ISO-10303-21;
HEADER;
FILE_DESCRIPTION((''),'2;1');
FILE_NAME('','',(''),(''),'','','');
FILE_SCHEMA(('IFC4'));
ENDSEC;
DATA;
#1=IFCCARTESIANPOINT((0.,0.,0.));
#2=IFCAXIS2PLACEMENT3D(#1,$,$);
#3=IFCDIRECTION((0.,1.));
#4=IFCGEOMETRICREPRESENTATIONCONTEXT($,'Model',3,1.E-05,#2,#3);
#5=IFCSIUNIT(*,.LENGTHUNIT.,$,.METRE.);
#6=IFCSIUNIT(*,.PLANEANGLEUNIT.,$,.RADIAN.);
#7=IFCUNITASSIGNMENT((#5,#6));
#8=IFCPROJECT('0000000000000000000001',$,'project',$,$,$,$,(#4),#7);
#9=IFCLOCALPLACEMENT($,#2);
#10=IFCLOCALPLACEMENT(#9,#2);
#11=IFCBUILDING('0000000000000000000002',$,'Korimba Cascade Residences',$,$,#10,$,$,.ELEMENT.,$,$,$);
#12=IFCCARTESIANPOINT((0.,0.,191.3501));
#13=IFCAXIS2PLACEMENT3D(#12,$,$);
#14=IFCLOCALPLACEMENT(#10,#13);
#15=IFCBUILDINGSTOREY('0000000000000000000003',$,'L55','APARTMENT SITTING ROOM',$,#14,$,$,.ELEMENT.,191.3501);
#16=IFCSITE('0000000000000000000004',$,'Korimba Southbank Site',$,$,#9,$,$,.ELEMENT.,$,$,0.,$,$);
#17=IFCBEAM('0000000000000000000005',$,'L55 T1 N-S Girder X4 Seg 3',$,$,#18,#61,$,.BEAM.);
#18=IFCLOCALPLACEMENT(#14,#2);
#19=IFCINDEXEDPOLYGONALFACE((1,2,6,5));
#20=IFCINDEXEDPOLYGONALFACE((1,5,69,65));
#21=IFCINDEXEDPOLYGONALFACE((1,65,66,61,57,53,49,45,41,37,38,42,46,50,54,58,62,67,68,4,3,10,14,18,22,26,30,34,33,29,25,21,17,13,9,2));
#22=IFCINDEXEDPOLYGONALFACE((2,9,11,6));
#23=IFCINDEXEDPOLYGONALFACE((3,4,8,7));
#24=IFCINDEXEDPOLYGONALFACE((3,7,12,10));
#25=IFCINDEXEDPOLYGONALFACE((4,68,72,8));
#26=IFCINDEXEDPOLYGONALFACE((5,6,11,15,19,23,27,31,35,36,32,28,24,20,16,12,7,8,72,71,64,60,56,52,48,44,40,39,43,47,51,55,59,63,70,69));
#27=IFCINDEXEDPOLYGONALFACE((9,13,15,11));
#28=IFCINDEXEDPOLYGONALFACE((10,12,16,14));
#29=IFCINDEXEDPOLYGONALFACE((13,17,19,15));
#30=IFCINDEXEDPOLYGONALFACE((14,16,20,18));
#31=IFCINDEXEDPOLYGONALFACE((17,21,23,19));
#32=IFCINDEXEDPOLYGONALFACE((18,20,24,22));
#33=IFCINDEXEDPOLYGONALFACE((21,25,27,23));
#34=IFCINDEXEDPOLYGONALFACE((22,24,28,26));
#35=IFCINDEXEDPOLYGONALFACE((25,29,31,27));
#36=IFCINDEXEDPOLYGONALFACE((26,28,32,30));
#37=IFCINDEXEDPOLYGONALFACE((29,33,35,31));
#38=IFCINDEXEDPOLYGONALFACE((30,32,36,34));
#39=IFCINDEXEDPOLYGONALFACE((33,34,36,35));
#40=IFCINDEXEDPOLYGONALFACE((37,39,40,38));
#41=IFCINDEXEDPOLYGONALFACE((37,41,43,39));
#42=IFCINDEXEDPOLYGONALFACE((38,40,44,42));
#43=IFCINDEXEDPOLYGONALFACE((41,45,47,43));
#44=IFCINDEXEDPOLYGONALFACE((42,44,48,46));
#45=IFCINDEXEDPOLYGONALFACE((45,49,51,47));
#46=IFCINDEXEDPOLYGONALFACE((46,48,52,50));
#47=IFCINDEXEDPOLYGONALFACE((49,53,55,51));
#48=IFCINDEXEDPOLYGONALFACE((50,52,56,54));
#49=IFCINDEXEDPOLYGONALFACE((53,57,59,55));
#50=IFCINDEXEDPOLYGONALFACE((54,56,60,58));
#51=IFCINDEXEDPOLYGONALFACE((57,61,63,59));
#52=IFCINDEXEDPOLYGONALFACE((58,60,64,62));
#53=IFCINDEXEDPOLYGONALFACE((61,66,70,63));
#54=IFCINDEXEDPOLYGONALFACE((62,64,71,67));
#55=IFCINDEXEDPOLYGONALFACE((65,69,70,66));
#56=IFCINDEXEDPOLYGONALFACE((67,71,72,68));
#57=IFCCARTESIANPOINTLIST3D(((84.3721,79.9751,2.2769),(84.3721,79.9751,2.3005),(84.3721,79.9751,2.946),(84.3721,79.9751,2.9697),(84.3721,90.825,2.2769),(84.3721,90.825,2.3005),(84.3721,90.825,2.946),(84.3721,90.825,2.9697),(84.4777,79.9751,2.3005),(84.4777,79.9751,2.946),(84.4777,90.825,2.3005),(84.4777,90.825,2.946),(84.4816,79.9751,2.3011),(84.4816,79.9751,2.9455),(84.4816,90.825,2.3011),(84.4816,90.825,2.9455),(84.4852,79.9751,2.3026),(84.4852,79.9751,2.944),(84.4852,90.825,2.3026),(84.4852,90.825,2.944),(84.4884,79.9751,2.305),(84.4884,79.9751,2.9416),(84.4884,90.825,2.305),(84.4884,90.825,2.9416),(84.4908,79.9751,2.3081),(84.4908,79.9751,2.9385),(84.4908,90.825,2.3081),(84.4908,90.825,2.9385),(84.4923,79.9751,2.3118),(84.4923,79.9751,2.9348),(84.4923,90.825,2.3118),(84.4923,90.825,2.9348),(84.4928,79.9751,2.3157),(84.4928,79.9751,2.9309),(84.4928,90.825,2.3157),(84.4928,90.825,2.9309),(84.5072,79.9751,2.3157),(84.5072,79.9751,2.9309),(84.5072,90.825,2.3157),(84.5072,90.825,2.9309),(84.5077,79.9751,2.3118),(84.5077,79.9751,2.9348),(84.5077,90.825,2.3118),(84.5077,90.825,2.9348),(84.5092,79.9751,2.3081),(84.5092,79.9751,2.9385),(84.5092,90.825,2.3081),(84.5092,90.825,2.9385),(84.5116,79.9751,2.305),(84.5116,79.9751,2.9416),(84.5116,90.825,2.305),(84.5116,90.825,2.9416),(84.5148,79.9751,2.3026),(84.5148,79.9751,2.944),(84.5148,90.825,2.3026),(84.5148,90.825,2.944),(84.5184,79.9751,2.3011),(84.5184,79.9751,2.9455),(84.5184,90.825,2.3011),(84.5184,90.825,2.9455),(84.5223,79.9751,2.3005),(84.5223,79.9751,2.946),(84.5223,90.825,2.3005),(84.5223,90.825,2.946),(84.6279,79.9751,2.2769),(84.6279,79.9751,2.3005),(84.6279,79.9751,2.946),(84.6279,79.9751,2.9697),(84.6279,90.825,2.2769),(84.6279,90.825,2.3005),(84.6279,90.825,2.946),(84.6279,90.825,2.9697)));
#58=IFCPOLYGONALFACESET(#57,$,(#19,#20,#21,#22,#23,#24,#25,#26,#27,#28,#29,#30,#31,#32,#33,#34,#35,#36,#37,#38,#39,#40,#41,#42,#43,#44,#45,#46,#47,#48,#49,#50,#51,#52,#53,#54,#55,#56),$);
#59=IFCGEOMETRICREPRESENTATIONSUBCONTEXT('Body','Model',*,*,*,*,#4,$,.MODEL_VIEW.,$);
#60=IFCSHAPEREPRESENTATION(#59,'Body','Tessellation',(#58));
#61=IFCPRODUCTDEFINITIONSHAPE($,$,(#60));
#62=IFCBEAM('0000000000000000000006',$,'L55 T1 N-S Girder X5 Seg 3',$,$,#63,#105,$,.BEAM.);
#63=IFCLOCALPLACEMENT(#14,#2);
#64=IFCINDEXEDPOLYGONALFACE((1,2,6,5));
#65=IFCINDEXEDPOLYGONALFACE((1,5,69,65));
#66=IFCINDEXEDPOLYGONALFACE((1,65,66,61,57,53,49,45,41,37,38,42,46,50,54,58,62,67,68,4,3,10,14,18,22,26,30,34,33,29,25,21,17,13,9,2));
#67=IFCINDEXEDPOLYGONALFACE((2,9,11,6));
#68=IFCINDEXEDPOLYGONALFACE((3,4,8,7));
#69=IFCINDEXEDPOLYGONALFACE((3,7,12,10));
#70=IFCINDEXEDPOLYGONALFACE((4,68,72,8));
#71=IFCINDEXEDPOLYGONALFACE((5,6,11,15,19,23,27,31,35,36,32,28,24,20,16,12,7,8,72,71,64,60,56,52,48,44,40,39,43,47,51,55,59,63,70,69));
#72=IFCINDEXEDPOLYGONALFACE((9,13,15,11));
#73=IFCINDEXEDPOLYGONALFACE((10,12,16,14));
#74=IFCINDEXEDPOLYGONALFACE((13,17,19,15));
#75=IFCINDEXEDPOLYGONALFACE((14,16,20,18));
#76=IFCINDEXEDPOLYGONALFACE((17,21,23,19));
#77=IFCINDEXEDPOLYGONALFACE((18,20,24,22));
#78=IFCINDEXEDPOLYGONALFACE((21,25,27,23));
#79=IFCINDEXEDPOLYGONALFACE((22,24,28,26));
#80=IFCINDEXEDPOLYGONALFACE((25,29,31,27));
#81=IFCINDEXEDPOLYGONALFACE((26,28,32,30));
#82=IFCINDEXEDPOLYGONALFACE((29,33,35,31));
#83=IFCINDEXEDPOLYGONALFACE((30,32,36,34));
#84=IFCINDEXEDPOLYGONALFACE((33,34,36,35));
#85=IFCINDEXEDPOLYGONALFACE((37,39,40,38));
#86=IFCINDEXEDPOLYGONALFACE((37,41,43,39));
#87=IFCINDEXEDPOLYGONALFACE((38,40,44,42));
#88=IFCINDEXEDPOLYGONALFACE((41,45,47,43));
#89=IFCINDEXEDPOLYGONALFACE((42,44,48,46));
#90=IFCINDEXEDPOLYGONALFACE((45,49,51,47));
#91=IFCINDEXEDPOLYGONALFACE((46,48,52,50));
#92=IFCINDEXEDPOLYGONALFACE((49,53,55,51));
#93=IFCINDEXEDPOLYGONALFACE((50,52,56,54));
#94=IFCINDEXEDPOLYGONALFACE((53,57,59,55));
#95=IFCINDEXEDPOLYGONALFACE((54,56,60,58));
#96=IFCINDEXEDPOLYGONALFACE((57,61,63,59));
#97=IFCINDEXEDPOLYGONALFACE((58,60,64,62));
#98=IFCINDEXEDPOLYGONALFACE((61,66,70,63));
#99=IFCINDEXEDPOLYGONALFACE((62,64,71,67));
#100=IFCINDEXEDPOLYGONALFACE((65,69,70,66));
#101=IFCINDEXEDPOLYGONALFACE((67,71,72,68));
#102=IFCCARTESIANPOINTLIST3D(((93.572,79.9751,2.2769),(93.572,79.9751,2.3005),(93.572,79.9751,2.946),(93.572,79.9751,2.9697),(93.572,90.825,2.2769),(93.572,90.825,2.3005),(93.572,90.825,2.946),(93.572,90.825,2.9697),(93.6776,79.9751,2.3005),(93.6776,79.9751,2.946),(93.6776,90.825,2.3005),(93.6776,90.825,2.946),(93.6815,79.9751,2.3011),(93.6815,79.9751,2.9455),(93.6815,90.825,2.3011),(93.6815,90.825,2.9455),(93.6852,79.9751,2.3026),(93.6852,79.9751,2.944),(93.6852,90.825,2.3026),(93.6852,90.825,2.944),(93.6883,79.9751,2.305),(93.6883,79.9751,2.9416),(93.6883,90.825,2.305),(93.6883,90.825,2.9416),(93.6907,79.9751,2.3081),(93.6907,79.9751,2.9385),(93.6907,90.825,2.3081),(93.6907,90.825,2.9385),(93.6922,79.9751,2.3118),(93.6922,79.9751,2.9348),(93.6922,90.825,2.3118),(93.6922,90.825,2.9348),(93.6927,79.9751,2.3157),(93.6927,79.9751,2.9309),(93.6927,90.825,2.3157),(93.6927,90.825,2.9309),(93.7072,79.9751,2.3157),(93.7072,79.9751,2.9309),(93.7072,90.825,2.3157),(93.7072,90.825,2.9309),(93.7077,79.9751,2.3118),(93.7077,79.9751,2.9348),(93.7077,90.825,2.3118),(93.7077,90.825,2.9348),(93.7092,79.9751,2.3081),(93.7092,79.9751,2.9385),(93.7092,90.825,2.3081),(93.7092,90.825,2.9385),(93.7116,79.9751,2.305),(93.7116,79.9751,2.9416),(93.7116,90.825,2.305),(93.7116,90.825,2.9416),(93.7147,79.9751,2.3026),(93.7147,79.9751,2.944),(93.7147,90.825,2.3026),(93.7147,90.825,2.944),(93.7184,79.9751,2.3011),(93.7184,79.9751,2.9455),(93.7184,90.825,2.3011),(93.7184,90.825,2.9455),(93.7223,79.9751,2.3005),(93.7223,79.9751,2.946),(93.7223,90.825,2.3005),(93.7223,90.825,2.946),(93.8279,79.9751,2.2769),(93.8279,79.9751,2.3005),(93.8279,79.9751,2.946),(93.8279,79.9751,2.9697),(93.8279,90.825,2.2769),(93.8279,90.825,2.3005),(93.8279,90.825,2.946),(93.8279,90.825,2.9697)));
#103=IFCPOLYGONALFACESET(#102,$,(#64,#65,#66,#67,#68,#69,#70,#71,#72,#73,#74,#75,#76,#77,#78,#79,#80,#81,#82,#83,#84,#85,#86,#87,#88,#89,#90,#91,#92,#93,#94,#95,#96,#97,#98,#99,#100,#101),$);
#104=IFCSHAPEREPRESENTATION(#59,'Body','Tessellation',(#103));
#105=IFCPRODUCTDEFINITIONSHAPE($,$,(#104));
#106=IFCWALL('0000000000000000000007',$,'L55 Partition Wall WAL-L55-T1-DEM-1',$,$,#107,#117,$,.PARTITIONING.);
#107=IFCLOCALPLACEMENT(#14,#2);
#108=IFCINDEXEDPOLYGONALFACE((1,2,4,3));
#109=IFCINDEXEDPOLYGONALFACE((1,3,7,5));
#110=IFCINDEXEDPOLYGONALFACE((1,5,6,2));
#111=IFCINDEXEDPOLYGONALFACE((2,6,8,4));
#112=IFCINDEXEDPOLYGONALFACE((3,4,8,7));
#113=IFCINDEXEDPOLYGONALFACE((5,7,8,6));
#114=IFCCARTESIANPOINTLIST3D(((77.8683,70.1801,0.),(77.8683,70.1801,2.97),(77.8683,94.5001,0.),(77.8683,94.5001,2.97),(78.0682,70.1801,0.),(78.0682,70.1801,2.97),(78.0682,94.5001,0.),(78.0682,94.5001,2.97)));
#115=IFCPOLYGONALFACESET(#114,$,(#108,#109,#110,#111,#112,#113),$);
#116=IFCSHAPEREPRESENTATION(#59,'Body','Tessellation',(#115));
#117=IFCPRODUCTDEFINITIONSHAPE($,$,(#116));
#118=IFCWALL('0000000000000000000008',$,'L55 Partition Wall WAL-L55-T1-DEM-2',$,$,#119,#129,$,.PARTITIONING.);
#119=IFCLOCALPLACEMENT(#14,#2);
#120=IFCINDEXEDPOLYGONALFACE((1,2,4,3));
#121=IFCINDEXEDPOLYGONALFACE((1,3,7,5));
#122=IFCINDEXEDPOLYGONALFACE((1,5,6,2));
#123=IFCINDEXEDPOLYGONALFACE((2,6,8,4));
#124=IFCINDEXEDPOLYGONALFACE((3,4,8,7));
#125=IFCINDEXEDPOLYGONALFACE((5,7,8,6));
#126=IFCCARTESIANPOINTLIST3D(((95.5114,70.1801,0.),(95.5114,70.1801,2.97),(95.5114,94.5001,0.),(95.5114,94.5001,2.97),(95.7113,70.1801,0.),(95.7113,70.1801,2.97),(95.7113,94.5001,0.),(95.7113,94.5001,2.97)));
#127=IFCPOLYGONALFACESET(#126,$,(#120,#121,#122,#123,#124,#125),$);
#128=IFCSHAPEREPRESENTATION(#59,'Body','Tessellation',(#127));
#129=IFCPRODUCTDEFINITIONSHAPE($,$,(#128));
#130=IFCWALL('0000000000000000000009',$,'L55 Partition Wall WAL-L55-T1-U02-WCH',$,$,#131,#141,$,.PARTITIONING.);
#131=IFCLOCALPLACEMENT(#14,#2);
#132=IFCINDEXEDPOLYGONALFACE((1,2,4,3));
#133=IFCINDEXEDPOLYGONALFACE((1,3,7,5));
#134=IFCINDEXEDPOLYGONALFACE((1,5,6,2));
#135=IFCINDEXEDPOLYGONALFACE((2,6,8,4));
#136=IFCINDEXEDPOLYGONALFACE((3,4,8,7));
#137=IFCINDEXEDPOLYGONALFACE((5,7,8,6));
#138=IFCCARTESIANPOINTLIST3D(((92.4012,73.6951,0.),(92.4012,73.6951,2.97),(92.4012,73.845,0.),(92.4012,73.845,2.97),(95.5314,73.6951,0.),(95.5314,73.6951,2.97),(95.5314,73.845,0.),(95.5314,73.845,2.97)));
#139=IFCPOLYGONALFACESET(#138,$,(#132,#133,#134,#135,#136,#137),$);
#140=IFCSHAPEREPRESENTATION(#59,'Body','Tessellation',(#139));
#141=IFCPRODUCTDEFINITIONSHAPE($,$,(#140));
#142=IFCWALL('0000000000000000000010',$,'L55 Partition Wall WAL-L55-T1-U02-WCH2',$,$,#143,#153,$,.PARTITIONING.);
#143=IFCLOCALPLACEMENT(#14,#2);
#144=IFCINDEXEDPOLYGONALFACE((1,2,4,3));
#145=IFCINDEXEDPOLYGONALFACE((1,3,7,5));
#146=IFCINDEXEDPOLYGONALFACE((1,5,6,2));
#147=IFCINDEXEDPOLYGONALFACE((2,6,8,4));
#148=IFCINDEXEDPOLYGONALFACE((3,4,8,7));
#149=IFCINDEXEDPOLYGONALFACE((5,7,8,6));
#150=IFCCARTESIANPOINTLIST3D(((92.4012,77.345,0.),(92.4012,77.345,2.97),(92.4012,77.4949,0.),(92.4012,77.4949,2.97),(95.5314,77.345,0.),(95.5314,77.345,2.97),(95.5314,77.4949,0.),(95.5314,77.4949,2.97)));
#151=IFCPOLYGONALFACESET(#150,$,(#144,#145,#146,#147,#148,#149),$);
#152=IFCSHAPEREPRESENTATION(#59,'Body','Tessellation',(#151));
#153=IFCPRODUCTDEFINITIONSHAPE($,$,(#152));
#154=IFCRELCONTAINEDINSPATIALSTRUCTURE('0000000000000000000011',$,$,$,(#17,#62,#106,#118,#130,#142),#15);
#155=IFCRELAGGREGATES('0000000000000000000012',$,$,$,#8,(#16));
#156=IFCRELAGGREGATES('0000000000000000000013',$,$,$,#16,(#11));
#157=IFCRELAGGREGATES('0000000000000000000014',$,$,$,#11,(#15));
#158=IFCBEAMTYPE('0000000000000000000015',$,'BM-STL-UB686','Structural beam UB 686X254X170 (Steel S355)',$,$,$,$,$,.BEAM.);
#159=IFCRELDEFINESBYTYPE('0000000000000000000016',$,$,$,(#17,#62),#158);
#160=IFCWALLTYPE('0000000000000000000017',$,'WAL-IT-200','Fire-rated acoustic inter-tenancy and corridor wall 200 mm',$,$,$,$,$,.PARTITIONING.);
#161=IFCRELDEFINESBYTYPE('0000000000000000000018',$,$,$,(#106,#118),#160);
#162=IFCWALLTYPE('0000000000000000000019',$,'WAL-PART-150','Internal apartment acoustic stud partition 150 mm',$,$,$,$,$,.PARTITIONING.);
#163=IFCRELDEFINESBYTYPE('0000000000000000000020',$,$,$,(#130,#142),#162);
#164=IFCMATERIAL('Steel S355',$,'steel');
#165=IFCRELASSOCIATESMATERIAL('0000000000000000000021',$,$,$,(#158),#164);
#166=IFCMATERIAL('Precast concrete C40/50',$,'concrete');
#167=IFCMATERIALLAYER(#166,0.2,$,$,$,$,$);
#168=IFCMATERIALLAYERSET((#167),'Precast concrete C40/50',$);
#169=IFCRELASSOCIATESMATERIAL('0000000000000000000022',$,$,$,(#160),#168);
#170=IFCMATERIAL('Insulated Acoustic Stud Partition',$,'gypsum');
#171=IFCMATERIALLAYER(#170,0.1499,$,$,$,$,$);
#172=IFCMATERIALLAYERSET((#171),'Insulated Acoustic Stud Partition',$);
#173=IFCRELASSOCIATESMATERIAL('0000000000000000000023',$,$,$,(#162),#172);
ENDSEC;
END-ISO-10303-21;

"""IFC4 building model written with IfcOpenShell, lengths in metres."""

from ifc_helpers import new_model, si_unit, direction, frame, frame_2d, origin, origin_2d, place, context, subcontext, project, spatial, rectangle, i_section, extrude, material, layer, layer_set, material_profile, profile_set, type_object, element, save


model = new_model("IFC4")

# Units and contexts
model_context = context("Model", 3, precision=1e-05, world=origin(), true_north=direction((0.0, 1.0)))
body_context = subcontext(model_context, "Body", "Model", "MODEL_VIEW")
ifc_project = project(units=[si_unit("LENGTHUNIT", "METRE"), si_unit("PLANEANGLEUNIT", "RADIAN")], contexts=[model_context])

# Site, building, storey
site_placement = place(None, origin())
site = spatial("IfcSite", under=ifc_project, at=site_placement, Name="Korimba Southbank Site", CompositionType="ELEMENT", RefElevation=0.0)
building_placement = place(site_placement, origin())
building = spatial("IfcBuilding", under=site, at=building_placement, Name="Korimba Cascade Residences", CompositionType="ELEMENT")
storey_placement = place(building_placement, frame((0.0, 0.0, 191.3501)))
storey = spatial("IfcBuildingStorey", under=building, at=storey_placement, Name="L55", Description="APARTMENT SITTING ROOM", CompositionType="ELEMENT", Elevation=191.3501)

# Beams
ifc_material_1 = material(Name="Steel S355", Category="steel")
ifc_material_profile_1 = material_profile(ifc_material_1, i_section(OverallWidth=0.2559, OverallDepth=0.6929, WebThickness=0.0144, FlangeThickness=0.0237, FilletRadius=0.0151, at=origin_2d()), Name="Steel S355")
ifc_profile_set_1 = profile_set([ifc_material_profile_1], Name="Steel S355")
beam_type_1 = type_object("IfcBeamType", Name="BM-STL-UB686", Description="Structural beam UB 686X254X170 (Steel S355)", PredefinedType="BEAM", material=ifc_profile_set_1)
for number, where, z_axis, x_axis, name in (
    (1, (84.5, 79.9751, 2.6233), (0.0, 1.0, 0.0), (-1.0, 0.0, 0.0), "L55 T1 N-S Girder X4 Seg 3"),
    (2, (93.7, 79.9751, 2.6233), (0.0, 1.0, 0.0), (-1.0, 0.0, 0.0), "L55 T1 N-S Girder X5 Seg 3"),
):
    element("IfcBeam", number, at=place(storey_placement, frame(where, z_axis=z_axis, x_axis=x_axis)), inside=storey, type_object=beam_type_1, Name=name, PredefinedType="BEAM", context=body_context, shape_type="SweptSolid", body=[
        extrude(i_section(OverallWidth=0.2559, OverallDepth=0.6929, WebThickness=0.0144, FlangeThickness=0.0237, FilletRadius=0.0151, at=origin_2d()), origin(), (0.0, 0.0, 1.0), 10.8499),
    ])

# Walls
ifc_material_2 = material(Name="Precast concrete C40/50", Category="concrete")
ifc_layer_1 = layer(ifc_material_2, 0.2)
ifc_layer_set_1 = layer_set([ifc_layer_1], Name="Precast concrete C40/50")
wall_type_1 = type_object("IfcWallType", Name="WAL-IT-200", Description="Fire-rated acoustic inter-tenancy and corridor wall 200 mm", PredefinedType="PARTITIONING", material=ifc_layer_set_1)
for number, where, z_axis, x_axis, name in (
    (3, (77.9683, 70.1799, 0.0), (0.0, 0.0, 1.0), (0.0, 1.0, 0.0), "L55 Partition Wall WAL-L55-T1-DEM-1"),
    (4, (95.6113, 70.1799, 0.0), (0.0, 0.0, 1.0), (0.0, 1.0, 0.0), "L55 Partition Wall WAL-L55-T1-DEM-2"),
):
    element("IfcWall", number, at=place(storey_placement, frame(where, z_axis=z_axis, x_axis=x_axis)), inside=storey, type_object=wall_type_1, Name=name, PredefinedType="PARTITIONING", context=body_context, shape_type="SweptSolid", body=[
        extrude(rectangle(XDim=24.3201, YDim=0.2, at=frame_2d((12.1602, 0.0))), origin(), (0.0, 0.0, 1.0), 2.97),
    ])
ifc_material_3 = material(Name="Insulated Acoustic Stud Partition", Category="gypsum")
ifc_layer_2 = layer(ifc_material_3, 0.1499)
ifc_layer_set_2 = layer_set([ifc_layer_2], Name="Insulated Acoustic Stud Partition")
wall_type_2 = type_object("IfcWallType", Name="WAL-PART-150", Description="Internal apartment acoustic stud partition 150 mm", PredefinedType="PARTITIONING", material=ifc_layer_set_2)
for number, where, z_axis, x_axis, name in (
    (5, (92.4014, 73.77, 0.0), (0.0, 0.0, 1.0), (1.0, 0.0, 0.0), "L55 Partition Wall WAL-L55-T1-U02-WCH"),
    (6, (92.4014, 77.4199, 0.0), (0.0, 0.0, 1.0), (1.0, 0.0, 0.0), "L55 Partition Wall WAL-L55-T1-U02-WCH2"),
):
    element("IfcWall", number, at=place(storey_placement, frame(where, z_axis=z_axis, x_axis=x_axis)), inside=storey, type_object=wall_type_2, Name=name, PredefinedType="PARTITIONING", context=body_context, shape_type="SweptSolid", body=[
        extrude(rectangle(XDim=3.1301, YDim=0.1499, at=frame_2d((1.5649, 0.0))), origin(), (0.0, 0.0, 1.0), 2.97),
    ])

save(model, "model.ifc")
